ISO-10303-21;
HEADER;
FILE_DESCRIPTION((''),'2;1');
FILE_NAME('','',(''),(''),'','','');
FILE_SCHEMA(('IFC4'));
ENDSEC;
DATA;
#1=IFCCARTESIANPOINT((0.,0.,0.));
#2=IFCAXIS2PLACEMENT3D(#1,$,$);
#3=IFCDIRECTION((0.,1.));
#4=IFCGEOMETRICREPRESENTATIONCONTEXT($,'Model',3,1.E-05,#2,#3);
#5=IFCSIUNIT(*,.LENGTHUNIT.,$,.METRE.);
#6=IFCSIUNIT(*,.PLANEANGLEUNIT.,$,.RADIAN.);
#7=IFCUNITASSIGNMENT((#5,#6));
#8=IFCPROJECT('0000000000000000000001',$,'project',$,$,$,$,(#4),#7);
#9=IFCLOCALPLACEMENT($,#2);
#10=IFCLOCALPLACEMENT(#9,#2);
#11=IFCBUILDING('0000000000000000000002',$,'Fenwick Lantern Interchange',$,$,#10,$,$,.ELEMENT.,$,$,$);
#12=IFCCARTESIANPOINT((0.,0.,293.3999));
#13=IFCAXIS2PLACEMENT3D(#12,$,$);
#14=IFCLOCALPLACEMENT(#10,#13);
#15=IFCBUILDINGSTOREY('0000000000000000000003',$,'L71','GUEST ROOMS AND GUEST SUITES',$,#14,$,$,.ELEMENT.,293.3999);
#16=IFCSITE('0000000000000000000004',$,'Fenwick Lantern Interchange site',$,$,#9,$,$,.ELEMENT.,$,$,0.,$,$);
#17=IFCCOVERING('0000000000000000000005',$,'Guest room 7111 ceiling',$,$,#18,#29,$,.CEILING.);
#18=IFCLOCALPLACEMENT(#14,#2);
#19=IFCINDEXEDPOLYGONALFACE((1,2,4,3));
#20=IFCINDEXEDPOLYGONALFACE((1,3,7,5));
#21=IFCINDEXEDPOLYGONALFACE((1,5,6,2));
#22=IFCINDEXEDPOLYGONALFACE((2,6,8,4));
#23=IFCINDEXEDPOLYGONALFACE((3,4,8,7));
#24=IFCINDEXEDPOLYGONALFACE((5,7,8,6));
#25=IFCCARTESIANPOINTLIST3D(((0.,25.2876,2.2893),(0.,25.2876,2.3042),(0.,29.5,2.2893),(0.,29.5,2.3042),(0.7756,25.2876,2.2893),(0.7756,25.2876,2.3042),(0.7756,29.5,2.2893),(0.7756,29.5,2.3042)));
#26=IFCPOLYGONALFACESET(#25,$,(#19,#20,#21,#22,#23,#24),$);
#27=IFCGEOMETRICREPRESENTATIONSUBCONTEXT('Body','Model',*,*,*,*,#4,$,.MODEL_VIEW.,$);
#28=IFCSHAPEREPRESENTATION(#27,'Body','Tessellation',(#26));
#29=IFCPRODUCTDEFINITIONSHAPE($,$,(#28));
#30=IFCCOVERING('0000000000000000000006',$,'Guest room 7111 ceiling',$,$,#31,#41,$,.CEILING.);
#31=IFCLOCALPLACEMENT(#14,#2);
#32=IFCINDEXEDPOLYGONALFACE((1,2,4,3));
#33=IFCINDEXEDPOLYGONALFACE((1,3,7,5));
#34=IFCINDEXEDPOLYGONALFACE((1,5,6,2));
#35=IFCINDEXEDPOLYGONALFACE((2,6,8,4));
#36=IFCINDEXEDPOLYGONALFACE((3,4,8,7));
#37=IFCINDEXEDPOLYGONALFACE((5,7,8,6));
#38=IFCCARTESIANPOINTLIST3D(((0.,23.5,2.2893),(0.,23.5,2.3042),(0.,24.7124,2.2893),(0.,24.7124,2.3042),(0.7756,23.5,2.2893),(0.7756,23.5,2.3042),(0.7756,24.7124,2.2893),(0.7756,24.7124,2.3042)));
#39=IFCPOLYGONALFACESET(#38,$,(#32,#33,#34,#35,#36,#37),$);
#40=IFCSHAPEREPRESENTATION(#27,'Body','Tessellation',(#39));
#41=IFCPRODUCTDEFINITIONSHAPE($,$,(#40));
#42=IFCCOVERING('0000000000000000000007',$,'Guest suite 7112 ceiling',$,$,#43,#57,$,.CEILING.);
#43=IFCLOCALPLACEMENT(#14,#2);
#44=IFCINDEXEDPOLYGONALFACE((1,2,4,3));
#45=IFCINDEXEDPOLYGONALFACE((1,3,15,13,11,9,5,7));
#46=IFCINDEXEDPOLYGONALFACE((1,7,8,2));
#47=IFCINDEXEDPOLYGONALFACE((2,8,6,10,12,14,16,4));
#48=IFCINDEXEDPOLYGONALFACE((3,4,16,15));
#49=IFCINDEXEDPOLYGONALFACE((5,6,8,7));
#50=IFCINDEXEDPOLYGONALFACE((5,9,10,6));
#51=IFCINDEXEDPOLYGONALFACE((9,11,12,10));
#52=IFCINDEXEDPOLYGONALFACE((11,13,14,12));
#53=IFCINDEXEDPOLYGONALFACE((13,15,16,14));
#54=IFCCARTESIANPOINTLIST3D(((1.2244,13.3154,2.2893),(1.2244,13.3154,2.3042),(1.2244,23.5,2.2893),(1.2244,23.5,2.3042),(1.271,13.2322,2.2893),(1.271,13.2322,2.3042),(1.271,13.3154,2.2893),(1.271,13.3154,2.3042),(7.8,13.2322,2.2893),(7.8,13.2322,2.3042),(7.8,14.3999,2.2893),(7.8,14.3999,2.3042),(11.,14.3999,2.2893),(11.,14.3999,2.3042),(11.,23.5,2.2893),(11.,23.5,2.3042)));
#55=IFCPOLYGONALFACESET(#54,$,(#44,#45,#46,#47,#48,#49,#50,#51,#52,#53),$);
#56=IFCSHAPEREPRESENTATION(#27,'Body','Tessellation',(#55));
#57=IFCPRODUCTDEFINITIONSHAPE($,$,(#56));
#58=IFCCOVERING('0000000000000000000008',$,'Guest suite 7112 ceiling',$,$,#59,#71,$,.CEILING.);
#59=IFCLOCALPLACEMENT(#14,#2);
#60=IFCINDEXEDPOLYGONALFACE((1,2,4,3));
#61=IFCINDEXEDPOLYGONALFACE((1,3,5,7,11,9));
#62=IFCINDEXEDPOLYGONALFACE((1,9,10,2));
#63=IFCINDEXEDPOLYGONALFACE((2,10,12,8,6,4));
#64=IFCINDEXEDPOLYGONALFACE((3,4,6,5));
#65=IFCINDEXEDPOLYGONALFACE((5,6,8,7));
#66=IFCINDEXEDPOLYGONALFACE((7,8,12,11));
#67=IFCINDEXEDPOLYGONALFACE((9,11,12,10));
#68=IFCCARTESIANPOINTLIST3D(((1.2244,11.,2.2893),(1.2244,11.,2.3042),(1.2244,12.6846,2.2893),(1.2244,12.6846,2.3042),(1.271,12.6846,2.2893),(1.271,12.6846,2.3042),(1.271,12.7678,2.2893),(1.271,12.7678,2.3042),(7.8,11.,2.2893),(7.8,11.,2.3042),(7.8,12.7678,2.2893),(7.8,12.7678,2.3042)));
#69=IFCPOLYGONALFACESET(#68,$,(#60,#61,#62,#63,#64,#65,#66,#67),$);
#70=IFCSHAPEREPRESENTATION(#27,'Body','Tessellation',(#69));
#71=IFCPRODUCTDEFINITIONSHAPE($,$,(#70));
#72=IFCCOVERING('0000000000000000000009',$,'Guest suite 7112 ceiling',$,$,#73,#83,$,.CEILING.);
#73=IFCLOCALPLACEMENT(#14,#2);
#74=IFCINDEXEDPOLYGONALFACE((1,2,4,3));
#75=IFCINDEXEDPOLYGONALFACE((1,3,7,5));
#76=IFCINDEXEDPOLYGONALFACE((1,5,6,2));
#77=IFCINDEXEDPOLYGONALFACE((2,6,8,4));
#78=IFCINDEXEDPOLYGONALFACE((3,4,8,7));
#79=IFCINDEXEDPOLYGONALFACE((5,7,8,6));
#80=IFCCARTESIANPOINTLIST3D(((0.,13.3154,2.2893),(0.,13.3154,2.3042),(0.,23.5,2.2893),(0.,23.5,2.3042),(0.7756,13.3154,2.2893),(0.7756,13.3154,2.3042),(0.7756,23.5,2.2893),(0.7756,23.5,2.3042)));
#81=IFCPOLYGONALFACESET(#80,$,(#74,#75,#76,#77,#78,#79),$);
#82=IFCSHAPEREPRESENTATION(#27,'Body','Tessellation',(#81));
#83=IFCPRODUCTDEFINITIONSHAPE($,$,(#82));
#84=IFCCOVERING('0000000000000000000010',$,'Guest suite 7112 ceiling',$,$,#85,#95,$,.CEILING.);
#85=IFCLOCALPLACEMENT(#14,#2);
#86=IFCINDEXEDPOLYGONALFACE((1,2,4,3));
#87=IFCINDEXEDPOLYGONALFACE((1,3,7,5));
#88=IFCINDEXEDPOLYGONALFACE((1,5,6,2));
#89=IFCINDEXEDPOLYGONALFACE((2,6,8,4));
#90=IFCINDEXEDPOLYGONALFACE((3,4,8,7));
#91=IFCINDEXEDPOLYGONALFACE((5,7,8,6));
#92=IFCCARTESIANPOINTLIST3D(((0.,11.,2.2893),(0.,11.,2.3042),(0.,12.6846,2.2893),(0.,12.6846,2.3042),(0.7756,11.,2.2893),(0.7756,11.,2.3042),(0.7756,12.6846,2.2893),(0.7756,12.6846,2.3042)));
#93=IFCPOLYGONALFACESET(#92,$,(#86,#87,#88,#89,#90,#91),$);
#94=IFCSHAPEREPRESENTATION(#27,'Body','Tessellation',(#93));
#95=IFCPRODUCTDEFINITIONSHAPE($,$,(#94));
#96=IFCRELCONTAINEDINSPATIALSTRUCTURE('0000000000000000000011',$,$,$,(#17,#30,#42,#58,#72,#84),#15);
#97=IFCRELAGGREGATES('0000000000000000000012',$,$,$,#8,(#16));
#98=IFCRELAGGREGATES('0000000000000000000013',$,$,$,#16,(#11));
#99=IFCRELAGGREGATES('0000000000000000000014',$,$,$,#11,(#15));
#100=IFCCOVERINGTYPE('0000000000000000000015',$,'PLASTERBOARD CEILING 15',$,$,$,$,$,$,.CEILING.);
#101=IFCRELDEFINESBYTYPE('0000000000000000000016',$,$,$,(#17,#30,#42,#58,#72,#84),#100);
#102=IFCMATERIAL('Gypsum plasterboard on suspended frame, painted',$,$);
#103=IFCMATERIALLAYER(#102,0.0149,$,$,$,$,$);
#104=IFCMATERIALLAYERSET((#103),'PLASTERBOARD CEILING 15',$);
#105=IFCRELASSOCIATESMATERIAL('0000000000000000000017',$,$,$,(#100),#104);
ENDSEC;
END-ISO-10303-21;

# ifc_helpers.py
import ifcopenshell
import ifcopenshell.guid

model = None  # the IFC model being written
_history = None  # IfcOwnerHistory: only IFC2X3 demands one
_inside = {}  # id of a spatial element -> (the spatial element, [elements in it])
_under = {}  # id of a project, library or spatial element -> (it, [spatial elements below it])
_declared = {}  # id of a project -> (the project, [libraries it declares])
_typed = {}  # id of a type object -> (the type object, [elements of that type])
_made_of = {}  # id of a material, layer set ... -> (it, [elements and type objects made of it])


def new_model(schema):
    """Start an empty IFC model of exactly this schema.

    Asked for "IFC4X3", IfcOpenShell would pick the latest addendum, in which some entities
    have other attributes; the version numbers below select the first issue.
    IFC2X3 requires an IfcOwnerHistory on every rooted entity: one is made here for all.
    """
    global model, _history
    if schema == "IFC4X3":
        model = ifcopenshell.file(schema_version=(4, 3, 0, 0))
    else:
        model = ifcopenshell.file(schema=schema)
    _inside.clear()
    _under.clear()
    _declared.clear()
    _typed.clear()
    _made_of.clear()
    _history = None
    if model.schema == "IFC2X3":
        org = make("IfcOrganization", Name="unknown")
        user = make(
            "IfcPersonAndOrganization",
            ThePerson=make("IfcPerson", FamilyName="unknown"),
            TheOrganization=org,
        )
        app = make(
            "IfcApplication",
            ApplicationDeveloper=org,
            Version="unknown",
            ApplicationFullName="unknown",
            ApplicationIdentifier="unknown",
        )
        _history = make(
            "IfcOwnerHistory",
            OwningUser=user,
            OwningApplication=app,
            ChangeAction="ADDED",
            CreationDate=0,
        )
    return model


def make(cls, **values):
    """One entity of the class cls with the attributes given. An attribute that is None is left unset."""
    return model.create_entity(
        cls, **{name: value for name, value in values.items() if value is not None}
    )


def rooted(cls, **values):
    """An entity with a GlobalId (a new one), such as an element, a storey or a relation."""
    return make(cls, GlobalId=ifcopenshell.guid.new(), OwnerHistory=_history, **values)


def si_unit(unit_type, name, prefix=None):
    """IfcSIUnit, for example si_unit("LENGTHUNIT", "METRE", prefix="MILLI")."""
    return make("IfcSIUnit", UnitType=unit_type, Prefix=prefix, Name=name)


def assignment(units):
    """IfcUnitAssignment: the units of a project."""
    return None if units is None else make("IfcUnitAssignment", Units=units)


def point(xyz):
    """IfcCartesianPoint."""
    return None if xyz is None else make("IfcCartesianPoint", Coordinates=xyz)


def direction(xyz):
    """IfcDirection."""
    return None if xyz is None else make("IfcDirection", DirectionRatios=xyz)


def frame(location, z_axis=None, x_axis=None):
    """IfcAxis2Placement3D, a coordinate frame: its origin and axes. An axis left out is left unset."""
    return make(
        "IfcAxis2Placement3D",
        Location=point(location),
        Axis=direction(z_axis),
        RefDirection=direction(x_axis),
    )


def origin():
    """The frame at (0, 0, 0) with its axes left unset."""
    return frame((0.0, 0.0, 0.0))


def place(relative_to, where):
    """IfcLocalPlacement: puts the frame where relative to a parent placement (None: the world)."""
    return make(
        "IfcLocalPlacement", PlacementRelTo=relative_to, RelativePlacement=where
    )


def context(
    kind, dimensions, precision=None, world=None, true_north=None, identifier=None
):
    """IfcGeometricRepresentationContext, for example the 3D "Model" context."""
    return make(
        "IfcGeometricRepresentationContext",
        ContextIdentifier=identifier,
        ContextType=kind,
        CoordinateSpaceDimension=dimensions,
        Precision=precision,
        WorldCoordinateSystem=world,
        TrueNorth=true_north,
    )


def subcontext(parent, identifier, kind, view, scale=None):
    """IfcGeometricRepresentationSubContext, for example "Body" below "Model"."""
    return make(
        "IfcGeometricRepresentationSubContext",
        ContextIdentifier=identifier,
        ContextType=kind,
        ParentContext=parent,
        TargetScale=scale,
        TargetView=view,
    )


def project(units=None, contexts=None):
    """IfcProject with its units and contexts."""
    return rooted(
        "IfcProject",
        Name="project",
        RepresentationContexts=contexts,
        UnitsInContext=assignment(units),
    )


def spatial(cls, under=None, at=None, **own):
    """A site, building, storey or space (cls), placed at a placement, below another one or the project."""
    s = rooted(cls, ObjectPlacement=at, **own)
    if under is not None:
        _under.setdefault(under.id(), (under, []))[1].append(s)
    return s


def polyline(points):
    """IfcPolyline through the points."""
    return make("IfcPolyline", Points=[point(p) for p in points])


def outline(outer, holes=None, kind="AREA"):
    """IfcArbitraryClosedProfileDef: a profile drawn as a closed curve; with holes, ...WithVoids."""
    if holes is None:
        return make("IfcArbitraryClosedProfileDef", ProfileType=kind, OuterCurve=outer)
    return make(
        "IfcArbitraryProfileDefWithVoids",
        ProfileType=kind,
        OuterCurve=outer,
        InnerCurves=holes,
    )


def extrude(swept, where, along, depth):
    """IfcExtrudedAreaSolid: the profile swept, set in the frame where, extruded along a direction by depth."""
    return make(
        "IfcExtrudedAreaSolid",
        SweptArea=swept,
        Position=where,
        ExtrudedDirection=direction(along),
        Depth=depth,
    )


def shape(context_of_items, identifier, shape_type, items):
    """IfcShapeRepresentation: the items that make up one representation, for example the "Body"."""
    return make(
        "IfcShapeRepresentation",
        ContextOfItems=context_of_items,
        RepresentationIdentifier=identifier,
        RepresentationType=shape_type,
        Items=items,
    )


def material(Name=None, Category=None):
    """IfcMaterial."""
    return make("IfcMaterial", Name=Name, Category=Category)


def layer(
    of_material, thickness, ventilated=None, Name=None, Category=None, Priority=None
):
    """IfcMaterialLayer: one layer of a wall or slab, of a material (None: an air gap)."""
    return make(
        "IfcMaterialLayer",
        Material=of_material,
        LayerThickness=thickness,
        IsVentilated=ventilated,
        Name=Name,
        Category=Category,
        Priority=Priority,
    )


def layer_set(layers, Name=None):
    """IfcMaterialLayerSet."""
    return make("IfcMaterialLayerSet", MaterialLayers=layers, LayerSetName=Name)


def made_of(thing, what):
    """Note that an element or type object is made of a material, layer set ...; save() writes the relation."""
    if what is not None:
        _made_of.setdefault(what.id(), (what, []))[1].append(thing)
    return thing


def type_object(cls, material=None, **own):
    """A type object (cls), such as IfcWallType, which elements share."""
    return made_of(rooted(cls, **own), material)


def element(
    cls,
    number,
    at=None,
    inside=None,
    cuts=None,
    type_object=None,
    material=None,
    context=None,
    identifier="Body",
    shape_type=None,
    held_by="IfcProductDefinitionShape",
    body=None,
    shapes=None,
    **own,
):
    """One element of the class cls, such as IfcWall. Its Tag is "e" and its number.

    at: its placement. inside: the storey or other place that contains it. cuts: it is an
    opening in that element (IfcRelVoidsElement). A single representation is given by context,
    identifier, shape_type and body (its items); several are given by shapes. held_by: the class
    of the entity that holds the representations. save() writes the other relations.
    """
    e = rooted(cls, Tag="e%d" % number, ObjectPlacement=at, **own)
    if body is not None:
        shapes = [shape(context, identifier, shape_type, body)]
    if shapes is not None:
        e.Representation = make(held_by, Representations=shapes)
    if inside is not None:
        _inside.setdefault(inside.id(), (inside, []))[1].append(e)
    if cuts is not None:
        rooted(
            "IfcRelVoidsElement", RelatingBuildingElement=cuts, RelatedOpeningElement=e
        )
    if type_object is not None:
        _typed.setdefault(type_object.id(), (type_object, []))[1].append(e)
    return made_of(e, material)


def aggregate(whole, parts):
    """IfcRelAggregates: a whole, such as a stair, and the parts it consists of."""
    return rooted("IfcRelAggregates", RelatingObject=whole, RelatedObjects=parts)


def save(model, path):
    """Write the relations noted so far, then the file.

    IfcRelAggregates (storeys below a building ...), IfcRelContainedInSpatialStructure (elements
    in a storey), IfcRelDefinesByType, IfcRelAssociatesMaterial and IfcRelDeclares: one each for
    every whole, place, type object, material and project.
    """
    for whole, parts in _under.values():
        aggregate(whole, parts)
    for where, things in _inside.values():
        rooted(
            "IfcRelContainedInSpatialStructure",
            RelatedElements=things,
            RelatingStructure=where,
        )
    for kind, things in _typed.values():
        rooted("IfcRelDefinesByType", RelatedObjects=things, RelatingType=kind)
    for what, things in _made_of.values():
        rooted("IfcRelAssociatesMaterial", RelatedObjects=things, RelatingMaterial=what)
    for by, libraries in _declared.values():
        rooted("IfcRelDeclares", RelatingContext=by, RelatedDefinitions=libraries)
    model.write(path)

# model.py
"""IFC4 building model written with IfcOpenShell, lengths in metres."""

from ifc_helpers import new_model, si_unit, direction, frame, origin, place, context, subcontext, project, spatial, polyline, outline, extrude, material, layer, layer_set, type_object, element, save


model = new_model("IFC4")

# Units and contexts
model_context = context("Model", 3, precision=1e-05, world=origin(), true_north=direction((0.0, 1.0)))
body_context = subcontext(model_context, "Body", "Model", "MODEL_VIEW")
ifc_project = project(units=[si_unit("LENGTHUNIT", "METRE"), si_unit("PLANEANGLEUNIT", "RADIAN")], contexts=[model_context])

# Site, building, storey
site_placement = place(None, origin())
site = spatial("IfcSite", under=ifc_project, at=site_placement, Name="Fenwick Lantern Interchange site", CompositionType="ELEMENT", RefElevation=0.0)
building_placement = place(site_placement, origin())
building = spatial("IfcBuilding", under=site, at=building_placement, Name="Fenwick Lantern Interchange", CompositionType="ELEMENT")
storey_placement = place(building_placement, frame((0.0, 0.0, 293.3999)))
storey = spatial("IfcBuildingStorey", under=building, at=storey_placement, Name="L71", Description="GUEST ROOMS AND GUEST SUITES", CompositionType="ELEMENT", Elevation=293.3999)

# Coverings
ifc_material_1 = material(Name="Gypsum plasterboard on suspended frame, painted")
ifc_layer_1 = layer(ifc_material_1, 0.0149)
ifc_layer_set_1 = layer_set([ifc_layer_1], Name="PLASTERBOARD CEILING 15")
covering_type_1 = type_object("IfcCoveringType", Name="PLASTERBOARD CEILING 15", PredefinedType="CEILING", material=ifc_layer_set_1)
covering_1_placement = place(storey_placement, frame((0.0, 0.0, 2.2893)))
element("IfcCovering", 1, at=covering_1_placement, inside=storey, type_object=covering_type_1, Name="Guest room 7111 ceiling", PredefinedType="CEILING", context=body_context, shape_type="SweptSolid", body=[
    extrude(outline(polyline([(0.0, 25.2876), (0.7756, 25.2876), (0.7756, 29.5), (0.0, 29.5), (0.0, 25.2876)])), origin(), (0.0, 0.0, 1.0), 0.0149),
])
covering_2_placement = place(storey_placement, frame((0.0, 0.0, 2.2893)))
element("IfcCovering", 2, at=covering_2_placement, inside=storey, type_object=covering_type_1, Name="Guest room 7111 ceiling", PredefinedType="CEILING", context=body_context, shape_type="SweptSolid", body=[
    extrude(outline(polyline([(0.7756, 24.7124), (0.0, 24.7124), (0.0, 23.5), (0.7756, 23.5), (0.7756, 24.7124)])), origin(), (0.0, 0.0, 1.0), 0.0149),
])
covering_3_placement = place(storey_placement, frame((0.0, 0.0, 2.2893)))
element("IfcCovering", 3, at=covering_3_placement, inside=storey, type_object=covering_type_1, Name="Guest suite 7112 ceiling", PredefinedType="CEILING", context=body_context, shape_type="SweptSolid", body=[
    extrude(outline(polyline([(1.271, 13.3154), (1.271, 13.2322), (7.8, 13.2322), (7.8, 14.3999), (11.0, 14.3999), (11.0, 23.5), (1.2244, 23.5), (1.2244, 13.3154), (1.271, 13.3154)])), origin(), (0.0, 0.0, 1.0), 0.0149),
])
covering_4_placement = place(storey_placement, frame((0.0, 0.0, 2.2893)))
element("IfcCovering", 4, at=covering_4_placement, inside=storey, type_object=covering_type_1, Name="Guest suite 7112 ceiling", PredefinedType="CEILING", context=body_context, shape_type="SweptSolid", body=[
    extrude(outline(polyline([(1.271, 12.6846), (1.2244, 12.6846), (1.2244, 11.0), (7.8, 11.0), (7.8, 12.7678), (1.271, 12.7678), (1.271, 12.6846)])), origin(), (0.0, 0.0, 1.0), 0.0149),
])
covering_5_placement = place(storey_placement, frame((0.0, 0.0, 2.2893)))
element("IfcCovering", 5, at=covering_5_placement, inside=storey, type_object=covering_type_1, Name="Guest suite 7112 ceiling", PredefinedType="CEILING", context=body_context, shape_type="SweptSolid", body=[
    extrude(outline(polyline([(0.0, 13.3154), (0.7756, 13.3154), (0.7756, 23.5), (0.0, 23.5), (0.0, 13.3154)])), origin(), (0.0, 0.0, 1.0), 0.0149),
])
covering_6_placement = place(storey_placement, frame((0.0, 0.0, 2.2893)))
element("IfcCovering", 6, at=covering_6_placement, inside=storey, type_object=covering_type_1, Name="Guest suite 7112 ceiling", PredefinedType="CEILING", context=body_context, shape_type="SweptSolid", body=[
    extrude(outline(polyline([(0.7756, 12.6846), (0.0, 12.6846), (0.0, 11.0), (0.7756, 11.0), (0.7756, 12.6846)])), origin(), (0.0, 0.0, 1.0), 0.0149),
])

save(model, "model.ifc")
